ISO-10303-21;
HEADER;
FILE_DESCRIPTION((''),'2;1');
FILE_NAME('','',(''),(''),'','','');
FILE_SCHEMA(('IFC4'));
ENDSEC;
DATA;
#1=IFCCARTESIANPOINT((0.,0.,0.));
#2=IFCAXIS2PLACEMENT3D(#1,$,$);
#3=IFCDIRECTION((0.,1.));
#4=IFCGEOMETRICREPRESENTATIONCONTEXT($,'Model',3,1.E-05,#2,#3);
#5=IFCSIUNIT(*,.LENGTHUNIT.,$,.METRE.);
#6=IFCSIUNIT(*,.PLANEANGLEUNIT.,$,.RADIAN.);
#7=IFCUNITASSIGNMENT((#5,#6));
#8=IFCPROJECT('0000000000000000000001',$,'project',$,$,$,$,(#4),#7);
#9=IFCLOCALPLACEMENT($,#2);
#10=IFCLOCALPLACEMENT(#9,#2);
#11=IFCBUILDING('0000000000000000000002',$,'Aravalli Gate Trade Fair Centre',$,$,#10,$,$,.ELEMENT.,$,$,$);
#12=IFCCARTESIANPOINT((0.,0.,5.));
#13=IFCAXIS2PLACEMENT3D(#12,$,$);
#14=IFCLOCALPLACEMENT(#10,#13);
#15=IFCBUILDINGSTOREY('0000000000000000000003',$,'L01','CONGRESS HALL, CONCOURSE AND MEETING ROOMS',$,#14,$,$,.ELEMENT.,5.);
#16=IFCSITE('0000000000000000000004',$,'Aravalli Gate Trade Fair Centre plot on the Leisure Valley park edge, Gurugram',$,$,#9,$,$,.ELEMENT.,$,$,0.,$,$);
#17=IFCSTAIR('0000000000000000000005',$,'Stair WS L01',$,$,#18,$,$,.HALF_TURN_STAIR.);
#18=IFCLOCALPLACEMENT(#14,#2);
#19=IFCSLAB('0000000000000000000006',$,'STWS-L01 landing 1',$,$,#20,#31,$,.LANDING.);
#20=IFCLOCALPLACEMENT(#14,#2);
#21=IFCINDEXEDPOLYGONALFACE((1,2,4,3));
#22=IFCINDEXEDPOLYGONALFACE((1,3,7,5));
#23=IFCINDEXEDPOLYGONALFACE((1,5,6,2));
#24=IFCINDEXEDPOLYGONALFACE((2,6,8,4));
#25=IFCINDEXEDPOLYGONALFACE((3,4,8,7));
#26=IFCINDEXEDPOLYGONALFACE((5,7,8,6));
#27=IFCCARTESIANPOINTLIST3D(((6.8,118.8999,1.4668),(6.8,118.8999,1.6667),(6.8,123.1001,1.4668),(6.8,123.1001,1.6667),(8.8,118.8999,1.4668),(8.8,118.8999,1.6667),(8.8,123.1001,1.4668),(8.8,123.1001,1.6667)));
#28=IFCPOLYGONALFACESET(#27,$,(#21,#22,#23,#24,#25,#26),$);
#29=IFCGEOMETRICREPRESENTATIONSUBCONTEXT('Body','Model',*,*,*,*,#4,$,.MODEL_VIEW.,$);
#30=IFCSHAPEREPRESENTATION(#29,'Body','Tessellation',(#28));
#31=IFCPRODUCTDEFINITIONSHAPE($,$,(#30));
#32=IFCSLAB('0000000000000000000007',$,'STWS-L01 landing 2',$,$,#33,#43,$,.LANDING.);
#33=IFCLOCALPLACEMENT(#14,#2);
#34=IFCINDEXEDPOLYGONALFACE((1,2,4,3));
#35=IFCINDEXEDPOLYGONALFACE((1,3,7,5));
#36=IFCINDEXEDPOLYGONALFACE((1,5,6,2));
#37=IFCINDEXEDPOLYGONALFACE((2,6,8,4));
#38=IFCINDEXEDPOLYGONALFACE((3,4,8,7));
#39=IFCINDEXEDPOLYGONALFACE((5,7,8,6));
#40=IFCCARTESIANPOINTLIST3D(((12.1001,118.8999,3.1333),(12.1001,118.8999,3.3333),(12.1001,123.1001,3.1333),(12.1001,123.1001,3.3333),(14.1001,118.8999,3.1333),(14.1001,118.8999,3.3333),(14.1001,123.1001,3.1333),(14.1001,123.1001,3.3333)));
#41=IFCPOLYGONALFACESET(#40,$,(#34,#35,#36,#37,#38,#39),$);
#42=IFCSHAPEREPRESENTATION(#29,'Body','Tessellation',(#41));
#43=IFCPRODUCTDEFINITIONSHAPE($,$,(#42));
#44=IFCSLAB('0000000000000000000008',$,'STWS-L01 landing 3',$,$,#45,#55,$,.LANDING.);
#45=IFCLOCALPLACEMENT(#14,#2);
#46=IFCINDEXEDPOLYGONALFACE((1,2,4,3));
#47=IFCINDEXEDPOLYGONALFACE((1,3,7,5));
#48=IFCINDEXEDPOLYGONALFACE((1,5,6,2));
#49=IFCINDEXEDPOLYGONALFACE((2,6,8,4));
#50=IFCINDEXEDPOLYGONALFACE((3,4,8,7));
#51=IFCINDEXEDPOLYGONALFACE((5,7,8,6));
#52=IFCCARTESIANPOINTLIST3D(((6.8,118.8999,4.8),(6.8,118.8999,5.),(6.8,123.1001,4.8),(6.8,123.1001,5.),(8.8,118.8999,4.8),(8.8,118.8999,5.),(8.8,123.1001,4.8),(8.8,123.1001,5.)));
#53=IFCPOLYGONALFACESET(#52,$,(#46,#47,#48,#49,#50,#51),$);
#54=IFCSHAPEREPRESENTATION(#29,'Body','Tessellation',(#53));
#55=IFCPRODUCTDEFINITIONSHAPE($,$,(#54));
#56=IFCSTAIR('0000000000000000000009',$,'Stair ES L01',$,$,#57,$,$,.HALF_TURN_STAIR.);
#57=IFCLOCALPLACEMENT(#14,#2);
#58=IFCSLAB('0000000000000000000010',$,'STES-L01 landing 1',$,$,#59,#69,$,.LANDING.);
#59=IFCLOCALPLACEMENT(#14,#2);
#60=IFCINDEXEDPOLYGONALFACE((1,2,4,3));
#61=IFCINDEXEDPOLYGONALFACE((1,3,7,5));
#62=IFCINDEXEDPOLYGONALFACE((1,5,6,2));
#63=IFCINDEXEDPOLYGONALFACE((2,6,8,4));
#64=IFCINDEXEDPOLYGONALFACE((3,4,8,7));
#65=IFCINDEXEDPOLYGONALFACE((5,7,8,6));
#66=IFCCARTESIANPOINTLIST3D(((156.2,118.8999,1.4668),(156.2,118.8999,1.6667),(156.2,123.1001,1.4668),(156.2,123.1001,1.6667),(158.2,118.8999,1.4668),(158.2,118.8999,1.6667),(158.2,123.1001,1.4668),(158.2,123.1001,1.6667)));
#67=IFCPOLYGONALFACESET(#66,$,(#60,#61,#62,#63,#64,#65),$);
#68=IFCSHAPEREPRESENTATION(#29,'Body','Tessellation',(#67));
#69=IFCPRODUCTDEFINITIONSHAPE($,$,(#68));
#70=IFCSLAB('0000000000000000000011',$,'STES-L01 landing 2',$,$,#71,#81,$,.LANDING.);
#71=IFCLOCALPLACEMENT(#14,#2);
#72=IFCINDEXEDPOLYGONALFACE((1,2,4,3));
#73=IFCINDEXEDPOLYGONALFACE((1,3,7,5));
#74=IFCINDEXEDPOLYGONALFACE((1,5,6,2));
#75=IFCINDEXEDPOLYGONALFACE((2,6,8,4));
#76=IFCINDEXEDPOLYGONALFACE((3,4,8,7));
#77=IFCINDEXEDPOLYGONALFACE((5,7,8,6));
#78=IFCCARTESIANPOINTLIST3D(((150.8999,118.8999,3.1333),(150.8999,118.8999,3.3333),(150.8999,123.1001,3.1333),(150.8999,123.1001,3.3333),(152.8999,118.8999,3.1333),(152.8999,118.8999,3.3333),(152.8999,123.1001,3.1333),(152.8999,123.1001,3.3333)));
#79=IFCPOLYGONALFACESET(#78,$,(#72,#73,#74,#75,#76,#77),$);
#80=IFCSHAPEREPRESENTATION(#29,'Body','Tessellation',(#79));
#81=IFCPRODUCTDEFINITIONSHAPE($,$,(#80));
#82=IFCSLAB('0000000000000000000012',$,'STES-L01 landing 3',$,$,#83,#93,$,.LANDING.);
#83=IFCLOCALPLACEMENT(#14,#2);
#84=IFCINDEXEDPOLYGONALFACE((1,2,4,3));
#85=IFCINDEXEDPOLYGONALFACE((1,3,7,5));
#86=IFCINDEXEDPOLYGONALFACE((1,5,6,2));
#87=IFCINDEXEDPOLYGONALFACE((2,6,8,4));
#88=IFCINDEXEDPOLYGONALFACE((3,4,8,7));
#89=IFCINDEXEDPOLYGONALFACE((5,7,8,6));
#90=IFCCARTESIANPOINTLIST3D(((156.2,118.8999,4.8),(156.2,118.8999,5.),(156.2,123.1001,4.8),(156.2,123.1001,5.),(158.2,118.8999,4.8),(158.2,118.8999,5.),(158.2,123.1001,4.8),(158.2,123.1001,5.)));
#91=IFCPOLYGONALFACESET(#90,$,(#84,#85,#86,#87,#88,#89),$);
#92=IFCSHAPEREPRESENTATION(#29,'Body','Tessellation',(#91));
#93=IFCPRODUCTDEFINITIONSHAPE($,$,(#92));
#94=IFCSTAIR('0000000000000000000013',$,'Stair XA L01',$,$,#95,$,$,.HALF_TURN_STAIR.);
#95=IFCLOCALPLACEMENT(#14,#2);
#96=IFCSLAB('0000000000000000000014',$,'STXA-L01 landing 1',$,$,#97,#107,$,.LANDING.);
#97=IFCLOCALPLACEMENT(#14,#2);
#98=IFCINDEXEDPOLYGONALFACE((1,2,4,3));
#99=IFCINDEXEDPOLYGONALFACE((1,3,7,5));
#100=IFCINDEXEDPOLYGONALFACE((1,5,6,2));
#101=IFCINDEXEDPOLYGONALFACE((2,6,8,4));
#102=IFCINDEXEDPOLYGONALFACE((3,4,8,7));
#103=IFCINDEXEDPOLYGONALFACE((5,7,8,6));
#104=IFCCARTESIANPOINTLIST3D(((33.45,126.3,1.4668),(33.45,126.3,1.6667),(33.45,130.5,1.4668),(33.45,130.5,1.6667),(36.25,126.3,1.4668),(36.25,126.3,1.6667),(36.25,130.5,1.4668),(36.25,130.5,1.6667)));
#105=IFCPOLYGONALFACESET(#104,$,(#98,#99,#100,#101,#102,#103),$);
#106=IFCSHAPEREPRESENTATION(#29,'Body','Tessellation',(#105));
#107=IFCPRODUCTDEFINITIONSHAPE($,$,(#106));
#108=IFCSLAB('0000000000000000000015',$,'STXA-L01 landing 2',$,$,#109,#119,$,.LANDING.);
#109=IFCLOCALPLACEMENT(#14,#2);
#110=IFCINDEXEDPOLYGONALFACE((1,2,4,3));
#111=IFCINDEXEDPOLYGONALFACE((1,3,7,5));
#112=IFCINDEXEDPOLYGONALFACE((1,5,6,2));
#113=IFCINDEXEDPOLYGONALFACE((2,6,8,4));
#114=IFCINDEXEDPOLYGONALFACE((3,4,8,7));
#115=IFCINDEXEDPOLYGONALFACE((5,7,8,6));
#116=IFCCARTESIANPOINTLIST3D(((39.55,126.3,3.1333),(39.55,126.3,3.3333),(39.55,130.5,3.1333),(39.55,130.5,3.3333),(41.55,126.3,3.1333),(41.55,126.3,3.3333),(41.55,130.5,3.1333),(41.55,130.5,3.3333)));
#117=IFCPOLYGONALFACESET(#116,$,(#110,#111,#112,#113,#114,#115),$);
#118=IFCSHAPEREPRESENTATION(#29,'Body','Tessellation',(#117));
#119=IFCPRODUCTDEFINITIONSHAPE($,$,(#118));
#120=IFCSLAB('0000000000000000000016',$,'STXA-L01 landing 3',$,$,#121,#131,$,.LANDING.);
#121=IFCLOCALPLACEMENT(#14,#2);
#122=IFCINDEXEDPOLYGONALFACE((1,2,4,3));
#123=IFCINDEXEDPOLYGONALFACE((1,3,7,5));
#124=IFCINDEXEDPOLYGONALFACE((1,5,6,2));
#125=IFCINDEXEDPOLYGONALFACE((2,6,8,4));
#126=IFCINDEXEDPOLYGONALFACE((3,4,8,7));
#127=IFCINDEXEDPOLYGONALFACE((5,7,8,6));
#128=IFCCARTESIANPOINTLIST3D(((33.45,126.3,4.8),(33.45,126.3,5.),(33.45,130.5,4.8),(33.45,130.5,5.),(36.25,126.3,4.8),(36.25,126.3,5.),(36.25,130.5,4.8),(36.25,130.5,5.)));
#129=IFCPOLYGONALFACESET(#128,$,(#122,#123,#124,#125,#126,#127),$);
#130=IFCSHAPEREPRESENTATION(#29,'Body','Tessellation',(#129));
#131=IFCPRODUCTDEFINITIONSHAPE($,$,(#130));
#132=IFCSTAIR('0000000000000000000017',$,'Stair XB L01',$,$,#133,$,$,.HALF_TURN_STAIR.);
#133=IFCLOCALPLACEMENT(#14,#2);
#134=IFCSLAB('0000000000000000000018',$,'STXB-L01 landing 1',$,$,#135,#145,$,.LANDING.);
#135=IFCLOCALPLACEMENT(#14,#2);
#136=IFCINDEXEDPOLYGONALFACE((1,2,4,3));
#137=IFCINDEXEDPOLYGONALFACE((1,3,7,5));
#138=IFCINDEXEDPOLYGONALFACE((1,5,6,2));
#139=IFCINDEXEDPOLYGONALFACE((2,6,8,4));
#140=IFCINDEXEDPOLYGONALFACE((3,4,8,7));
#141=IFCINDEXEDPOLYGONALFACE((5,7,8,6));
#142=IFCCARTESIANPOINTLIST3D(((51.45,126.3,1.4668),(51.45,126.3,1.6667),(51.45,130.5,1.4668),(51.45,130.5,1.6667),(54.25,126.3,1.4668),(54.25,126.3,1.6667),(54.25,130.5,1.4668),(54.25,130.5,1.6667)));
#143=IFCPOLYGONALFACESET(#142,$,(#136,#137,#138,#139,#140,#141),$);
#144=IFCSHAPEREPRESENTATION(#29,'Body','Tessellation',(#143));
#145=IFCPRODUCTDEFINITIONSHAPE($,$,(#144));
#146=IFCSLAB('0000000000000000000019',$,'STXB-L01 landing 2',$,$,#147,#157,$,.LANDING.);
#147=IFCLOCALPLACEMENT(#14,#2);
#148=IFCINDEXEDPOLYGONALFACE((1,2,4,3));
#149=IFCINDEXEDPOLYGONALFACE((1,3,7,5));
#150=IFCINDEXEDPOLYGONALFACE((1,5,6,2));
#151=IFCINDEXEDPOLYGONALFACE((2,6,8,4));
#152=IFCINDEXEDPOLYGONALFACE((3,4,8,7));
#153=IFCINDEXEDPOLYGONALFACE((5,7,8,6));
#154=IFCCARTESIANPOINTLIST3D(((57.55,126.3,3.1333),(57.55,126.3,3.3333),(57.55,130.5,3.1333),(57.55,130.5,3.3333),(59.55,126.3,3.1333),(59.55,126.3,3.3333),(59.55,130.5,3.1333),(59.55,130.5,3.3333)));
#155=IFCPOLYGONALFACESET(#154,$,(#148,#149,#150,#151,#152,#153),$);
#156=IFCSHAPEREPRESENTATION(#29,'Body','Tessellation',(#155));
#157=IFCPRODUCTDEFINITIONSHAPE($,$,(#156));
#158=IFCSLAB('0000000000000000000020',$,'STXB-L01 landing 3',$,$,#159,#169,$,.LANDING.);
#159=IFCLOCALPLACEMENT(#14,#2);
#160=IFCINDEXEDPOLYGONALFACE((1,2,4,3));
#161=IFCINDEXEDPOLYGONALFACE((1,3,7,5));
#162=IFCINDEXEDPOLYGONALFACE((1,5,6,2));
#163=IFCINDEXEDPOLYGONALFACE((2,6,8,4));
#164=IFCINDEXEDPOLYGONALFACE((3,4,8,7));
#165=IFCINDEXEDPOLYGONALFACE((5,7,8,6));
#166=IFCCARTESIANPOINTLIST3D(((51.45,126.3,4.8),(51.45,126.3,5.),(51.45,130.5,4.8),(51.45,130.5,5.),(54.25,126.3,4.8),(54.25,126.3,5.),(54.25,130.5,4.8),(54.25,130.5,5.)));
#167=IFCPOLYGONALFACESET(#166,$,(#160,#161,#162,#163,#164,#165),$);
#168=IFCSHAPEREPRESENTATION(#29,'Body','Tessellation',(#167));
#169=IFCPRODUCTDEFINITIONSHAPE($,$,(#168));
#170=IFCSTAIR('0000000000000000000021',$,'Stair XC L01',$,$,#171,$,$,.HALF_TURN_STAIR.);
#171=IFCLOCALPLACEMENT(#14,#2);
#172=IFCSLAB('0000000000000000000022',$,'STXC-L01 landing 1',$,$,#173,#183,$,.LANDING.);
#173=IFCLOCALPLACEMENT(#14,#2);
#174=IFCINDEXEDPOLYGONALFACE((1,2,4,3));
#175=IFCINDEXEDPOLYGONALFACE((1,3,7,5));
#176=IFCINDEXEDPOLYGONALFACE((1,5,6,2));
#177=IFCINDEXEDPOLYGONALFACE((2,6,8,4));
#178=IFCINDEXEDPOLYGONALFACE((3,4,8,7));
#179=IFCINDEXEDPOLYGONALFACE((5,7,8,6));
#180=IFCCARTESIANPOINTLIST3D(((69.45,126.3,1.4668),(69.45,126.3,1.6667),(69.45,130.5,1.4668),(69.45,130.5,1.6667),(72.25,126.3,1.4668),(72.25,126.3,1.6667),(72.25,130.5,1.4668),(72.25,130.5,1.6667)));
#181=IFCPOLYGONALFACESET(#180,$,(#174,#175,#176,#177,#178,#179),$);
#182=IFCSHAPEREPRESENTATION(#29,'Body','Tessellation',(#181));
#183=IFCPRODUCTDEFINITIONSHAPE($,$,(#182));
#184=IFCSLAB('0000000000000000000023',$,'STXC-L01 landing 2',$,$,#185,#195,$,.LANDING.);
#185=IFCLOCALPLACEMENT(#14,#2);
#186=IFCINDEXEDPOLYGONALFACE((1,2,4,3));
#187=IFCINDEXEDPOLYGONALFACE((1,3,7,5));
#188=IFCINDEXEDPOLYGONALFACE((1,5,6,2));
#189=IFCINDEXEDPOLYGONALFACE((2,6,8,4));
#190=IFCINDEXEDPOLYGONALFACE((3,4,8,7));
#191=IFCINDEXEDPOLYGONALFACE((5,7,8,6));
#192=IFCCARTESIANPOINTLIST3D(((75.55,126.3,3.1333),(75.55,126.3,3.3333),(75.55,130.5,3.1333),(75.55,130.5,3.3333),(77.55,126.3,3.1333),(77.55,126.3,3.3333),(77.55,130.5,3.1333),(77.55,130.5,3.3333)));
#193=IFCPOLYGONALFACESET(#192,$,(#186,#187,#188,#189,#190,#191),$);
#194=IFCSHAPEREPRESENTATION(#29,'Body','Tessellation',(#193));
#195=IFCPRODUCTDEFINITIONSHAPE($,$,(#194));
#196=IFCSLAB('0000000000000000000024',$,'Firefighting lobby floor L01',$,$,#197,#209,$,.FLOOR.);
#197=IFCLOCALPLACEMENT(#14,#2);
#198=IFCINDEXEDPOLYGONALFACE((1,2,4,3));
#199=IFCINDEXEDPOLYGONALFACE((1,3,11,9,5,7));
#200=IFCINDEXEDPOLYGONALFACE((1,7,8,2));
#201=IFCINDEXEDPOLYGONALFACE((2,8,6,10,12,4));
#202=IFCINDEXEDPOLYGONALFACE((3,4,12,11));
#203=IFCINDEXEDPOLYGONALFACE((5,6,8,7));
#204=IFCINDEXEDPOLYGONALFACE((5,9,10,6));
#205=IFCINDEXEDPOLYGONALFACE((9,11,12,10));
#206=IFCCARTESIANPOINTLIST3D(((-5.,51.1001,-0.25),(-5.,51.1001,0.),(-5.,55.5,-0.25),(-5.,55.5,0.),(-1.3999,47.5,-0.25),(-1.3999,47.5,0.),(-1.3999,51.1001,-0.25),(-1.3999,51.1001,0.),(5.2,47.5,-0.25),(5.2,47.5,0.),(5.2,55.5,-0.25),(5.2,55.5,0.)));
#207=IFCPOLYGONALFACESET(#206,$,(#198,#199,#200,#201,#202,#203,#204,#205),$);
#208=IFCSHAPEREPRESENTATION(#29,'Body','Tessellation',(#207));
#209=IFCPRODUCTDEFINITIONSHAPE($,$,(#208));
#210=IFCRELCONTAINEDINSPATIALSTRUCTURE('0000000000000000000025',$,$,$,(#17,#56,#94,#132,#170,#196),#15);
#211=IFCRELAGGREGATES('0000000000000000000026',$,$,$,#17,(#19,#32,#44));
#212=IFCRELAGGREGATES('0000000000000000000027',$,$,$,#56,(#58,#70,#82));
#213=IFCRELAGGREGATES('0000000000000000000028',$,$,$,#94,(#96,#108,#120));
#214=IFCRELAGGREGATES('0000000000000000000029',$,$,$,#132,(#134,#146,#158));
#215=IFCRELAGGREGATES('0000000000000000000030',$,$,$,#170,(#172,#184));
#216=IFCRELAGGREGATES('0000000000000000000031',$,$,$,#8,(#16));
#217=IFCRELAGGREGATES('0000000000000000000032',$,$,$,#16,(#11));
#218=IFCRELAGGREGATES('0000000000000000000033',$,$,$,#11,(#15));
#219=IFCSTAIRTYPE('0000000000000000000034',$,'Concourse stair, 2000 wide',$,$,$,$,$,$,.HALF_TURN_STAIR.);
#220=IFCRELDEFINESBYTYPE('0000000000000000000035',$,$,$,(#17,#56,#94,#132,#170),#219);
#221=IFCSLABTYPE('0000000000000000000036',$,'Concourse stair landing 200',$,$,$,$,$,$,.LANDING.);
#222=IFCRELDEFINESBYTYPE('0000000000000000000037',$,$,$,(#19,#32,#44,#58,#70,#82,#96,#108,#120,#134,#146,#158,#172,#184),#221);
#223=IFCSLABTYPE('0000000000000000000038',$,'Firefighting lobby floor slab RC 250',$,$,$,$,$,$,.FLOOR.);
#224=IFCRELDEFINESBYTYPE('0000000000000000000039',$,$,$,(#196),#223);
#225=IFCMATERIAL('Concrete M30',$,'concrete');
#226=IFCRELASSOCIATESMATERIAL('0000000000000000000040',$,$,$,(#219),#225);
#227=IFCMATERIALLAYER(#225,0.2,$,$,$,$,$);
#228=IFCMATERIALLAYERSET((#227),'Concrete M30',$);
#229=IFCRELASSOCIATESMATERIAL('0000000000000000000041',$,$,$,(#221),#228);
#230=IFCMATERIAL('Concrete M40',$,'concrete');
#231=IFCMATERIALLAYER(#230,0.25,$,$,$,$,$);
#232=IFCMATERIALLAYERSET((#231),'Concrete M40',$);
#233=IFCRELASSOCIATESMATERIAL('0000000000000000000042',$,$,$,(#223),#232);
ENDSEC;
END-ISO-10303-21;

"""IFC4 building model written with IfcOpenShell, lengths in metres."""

from ifc_helpers import new_model, si_unit, direction, frame, origin, place, context, subcontext, project, spatial, polyline, outline, extrude, material, layer, layer_set, type_object, element, aggregate, save


model = new_model("IFC4")

# Units and contexts
model_context = context("Model", 3, precision=1e-05, world=origin(), true_north=direction((0.0, 1.0)))
body_context = subcontext(model_context, "Body", "Model", "MODEL_VIEW")
ifc_project = project(units=[si_unit("LENGTHUNIT", "METRE"), si_unit("PLANEANGLEUNIT", "RADIAN")], contexts=[model_context])

# Site, building, storey
site_placement = place(None, origin())
site = spatial("IfcSite", under=ifc_project, at=site_placement, Name="Aravalli Gate Trade Fair Centre plot on the Leisure Valley park edge, Gurugram", CompositionType="ELEMENT", RefElevation=0.0)
building_placement = place(site_placement, origin())
building = spatial("IfcBuilding", under=site, at=building_placement, Name="Aravalli Gate Trade Fair Centre", CompositionType="ELEMENT")
storey_placement = place(building_placement, frame((0.0, 0.0, 5.0)))
storey = spatial("IfcBuildingStorey", under=building, at=storey_placement, Name="L01", Description="CONGRESS HALL, CONCOURSE AND MEETING ROOMS", CompositionType="ELEMENT", Elevation=5.0)

# Stairs, slabs
ifc_material_1 = material(Name="Concrete M30", Category="concrete")
stair_type_1 = type_object("IfcStairType", Name="Concourse stair, 2000 wide", PredefinedType="HALF_TURN_STAIR", material=ifc_material_1)
stair_1_placement = place(storey_placement, origin())
stair_1 = element("IfcStair", 1, at=stair_1_placement, inside=storey, type_object=stair_type_1, Name="Stair WS L01", PredefinedType="HALF_TURN_STAIR")
ifc_layer_1 = layer(ifc_material_1, 0.2)
ifc_layer_set_1 = layer_set([ifc_layer_1], Name="Concrete M30")
slab_type_1 = type_object("IfcSlabType", Name="Concourse stair landing 200", PredefinedType="LANDING", material=ifc_layer_set_1)
slab_1_placement = place(storey_placement, frame((0.0, 0.0, 1.4668)))
slab_1 = element("IfcSlab", 2, at=slab_1_placement, type_object=slab_type_1, Name="STWS-L01 landing 1", PredefinedType="LANDING", context=body_context, shape_type="SweptSolid", body=[
    extrude(outline(polyline([(6.8, 118.8999), (8.8, 118.8999), (8.8, 123.1001), (6.8, 123.1001), (6.8, 118.8999)])), origin(), (0.0, 0.0, 1.0), 0.2),
])
slab_2_placement = place(storey_placement, frame((0.0, 0.0, 3.1333)))
slab_2 = element("IfcSlab", 3, at=slab_2_placement, type_object=slab_type_1, Name="STWS-L01 landing 2", PredefinedType="LANDING", context=body_context, shape_type="SweptSolid", body=[
    extrude(outline(polyline([(12.1001, 118.8999), (14.1001, 118.8999), (14.1001, 123.1001), (12.1001, 123.1001), (12.1001, 118.8999)])), origin(), (0.0, 0.0, 1.0), 0.2),
])
slab_3_placement = place(storey_placement, frame((0.0, 0.0, 4.8)))
slab_3 = element("IfcSlab", 4, at=slab_3_placement, type_object=slab_type_1, Name="STWS-L01 landing 3", PredefinedType="LANDING", context=body_context, shape_type="SweptSolid", body=[
    extrude(outline(polyline([(6.8, 118.8999), (8.8, 118.8999), (8.8, 123.1001), (6.8, 123.1001), (6.8, 118.8999)])), origin(), (0.0, 0.0, 1.0), 0.2),
])
aggregate(stair_1, [slab_1, slab_2, slab_3])
stair_2_placement = place(storey_placement, origin())
stair_2 = element("IfcStair", 5, at=stair_2_placement, inside=storey, type_object=stair_type_1, Name="Stair ES L01", PredefinedType="HALF_TURN_STAIR")
slab_4_placement = place(storey_placement, frame((0.0, 0.0, 1.4668)))
slab_4 = element("IfcSlab", 6, at=slab_4_placement, type_object=slab_type_1, Name="STES-L01 landing 1", PredefinedType="LANDING", context=body_context, shape_type="SweptSolid", body=[
    extrude(outline(polyline([(156.2, 118.8999), (158.2, 118.8999), (158.2, 123.1001), (156.2, 123.1001), (156.2, 118.8999)])), origin(), (0.0, 0.0, 1.0), 0.2),
])
slab_5_placement = place(storey_placement, frame((0.0, 0.0, 3.1333)))
slab_5 = element("IfcSlab", 7, at=slab_5_placement, type_object=slab_type_1, Name="STES-L01 landing 2", PredefinedType="LANDING", context=body_context, shape_type="SweptSolid", body=[
    extrude(outline(polyline([(150.8999, 118.8999), (152.8999, 118.8999), (152.8999, 123.1001), (150.8999, 123.1001), (150.8999, 118.8999)])), origin(), (0.0, 0.0, 1.0), 0.2),
])
slab_6_placement = place(storey_placement, frame((0.0, 0.0, 4.8)))
slab_6 = element("IfcSlab", 8, at=slab_6_placement, type_object=slab_type_1, Name="STES-L01 landing 3", PredefinedType="LANDING", context=body_context, shape_type="SweptSolid", body=[
    extrude(outline(polyline([(156.2, 118.8999), (158.2, 118.8999), (158.2, 123.1001), (156.2, 123.1001), (156.2, 118.8999)])), origin(), (0.0, 0.0, 1.0), 0.2),
])
aggregate(stair_2, [slab_4, slab_5, slab_6])
stair_3_placement = place(storey_placement, origin())
stair_3 = element("IfcStair", 9, at=stair_3_placement, inside=storey, type_object=stair_type_1, Name="Stair XA L01", PredefinedType="HALF_TURN_STAIR")
slab_7_placement = place(storey_placement, frame((0.0, 0.0, 1.4668)))
slab_7 = element("IfcSlab", 10, at=slab_7_placement, type_object=slab_type_1, Name="STXA-L01 landing 1", PredefinedType="LANDING", context=body_context, shape_type="SweptSolid", body=[
    extrude(outline(polyline([(33.45, 126.3), (36.25, 126.3), (36.25, 130.5), (33.45, 130.5), (33.45, 126.3)])), origin(), (0.0, 0.0, 1.0), 0.2),
])
slab_8_placement = place(storey_placement, frame((0.0, 0.0, 3.1333)))
slab_8 = element("IfcSlab", 11, at=slab_8_placement, type_object=slab_type_1, Name="STXA-L01 landing 2", PredefinedType="LANDING", context=body_context, shape_type="SweptSolid", body=[
    extrude(outline(polyline([(39.55, 126.3), (41.55, 126.3), (41.55, 130.5), (39.55, 130.5), (39.55, 126.3)])), origin(), (0.0, 0.0, 1.0), 0.2),
])
slab_9_placement = place(storey_placement, frame((0.0, 0.0, 4.8)))
slab_9 = element("IfcSlab", 12, at=slab_9_placement, type_object=slab_type_1, Name="STXA-L01 landing 3", PredefinedType="LANDING", context=body_context, shape_type="SweptSolid", body=[
    extrude(outline(polyline([(33.45, 126.3), (36.25, 126.3), (36.25, 130.5), (33.45, 130.5), (33.45, 126.3)])), origin(), (0.0, 0.0, 1.0), 0.2),
])
aggregate(stair_3, [slab_7, slab_8, slab_9])
stair_4_placement = place(storey_placement, origin())
stair_4 = element("IfcStair", 13, at=stair_4_placement, inside=storey, type_object=stair_type_1, Name="Stair XB L01", PredefinedType="HALF_TURN_STAIR")
slab_10_placement = place(storey_placement, frame((0.0, 0.0, 1.4668)))
slab_10 = element("IfcSlab", 14, at=slab_10_placement, type_object=slab_type_1, Name="STXB-L01 landing 1", PredefinedType="LANDING", context=body_context, shape_type="SweptSolid", body=[
    extrude(outline(polyline([(51.45, 126.3), (54.25, 126.3), (54.25, 130.5), (51.45, 130.5), (51.45, 126.3)])), origin(), (0.0, 0.0, 1.0), 0.2),
])
slab_11_placement = place(storey_placement, frame((0.0, 0.0, 3.1333)))
slab_11 = element("IfcSlab", 15, at=slab_11_placement, type_object=slab_type_1, Name="STXB-L01 landing 2", PredefinedType="LANDING", context=body_context, shape_type="SweptSolid", body=[
    extrude(outline(polyline([(57.55, 126.3), (59.55, 126.3), (59.55, 130.5), (57.55, 130.5), (57.55, 126.3)])), origin(), (0.0, 0.0, 1.0), 0.2),
])
slab_12_placement = place(storey_placement, frame((0.0, 0.0, 4.8)))
slab_12 = element("IfcSlab", 16, at=slab_12_placement, type_object=slab_type_1, Name="STXB-L01 landing 3", PredefinedType="LANDING", context=body_context, shape_type="SweptSolid", body=[
    extrude(outline(polyline([(51.45, 126.3), (54.25, 126.3), (54.25, 130.5), (51.45, 130.5), (51.45, 126.3)])), origin(), (0.0, 0.0, 1.0), 0.2),
])
aggregate(stair_4, [slab_10, slab_11, slab_12])
stair_5_placement = place(storey_placement, origin())
stair_5 = element("IfcStair", 17, at=stair_5_placement, inside=storey, type_object=stair_type_1, Name="Stair XC L01", PredefinedType="HALF_TURN_STAIR")
slab_13_placement = place(storey_placement, frame((0.0, 0.0, 1.4668)))
slab_13 = element("IfcSlab", 18, at=slab_13_placement, type_object=slab_type_1, Name="STXC-L01 landing 1", PredefinedType="LANDING", context=body_context, shape_type="SweptSolid", body=[
    extrude(outline(polyline([(69.45, 126.3), (72.25, 126.3), (72.25, 130.5), (69.45, 130.5), (69.45, 126.3)])), origin(), (0.0, 0.0, 1.0), 0.2),
])
slab_14_placement = place(storey_placement, frame((0.0, 0.0, 3.1333)))
slab_14 = element("IfcSlab", 19, at=slab_14_placement, type_object=slab_type_1, Name="STXC-L01 landing 2", PredefinedType="LANDING", context=body_context, shape_type="SweptSolid", body=[
    extrude(outline(polyline([(75.55, 126.3), (77.55, 126.3), (77.55, 130.5), (75.55, 130.5), (75.55, 126.3)])), origin(), (0.0, 0.0, 1.0), 0.2),
])
aggregate(stair_5, [slab_13, slab_14])

# Slab
ifc_material_2 = material(Name="Concrete M40", Category="concrete")
ifc_layer_2 = layer(ifc_material_2, 0.25)
ifc_layer_set_2 = layer_set([ifc_layer_2], Name="Concrete M40")
slab_type_2 = type_object("IfcSlabType", Name="Firefighting lobby floor slab RC 250", PredefinedType="FLOOR", material=ifc_layer_set_2)
slab_15_placement = place(storey_placement, frame((0.0, 0.0, -0.25)))
element("IfcSlab", 20, at=slab_15_placement, inside=storey, type_object=slab_type_2, Name="Firefighting lobby floor L01", PredefinedType="FLOOR", context=body_context, shape_type="SweptSolid", body=[
    extrude(outline(polyline([(-5.0, 55.5), (5.2, 55.5), (5.2, 47.5), (-1.3999, 47.5), (-1.3999, 51.1001), (-5.0, 51.1001), (-5.0, 55.5)])), origin(), (0.0, 0.0, 1.0), 0.25),
])

save(model, "model.ifc")
